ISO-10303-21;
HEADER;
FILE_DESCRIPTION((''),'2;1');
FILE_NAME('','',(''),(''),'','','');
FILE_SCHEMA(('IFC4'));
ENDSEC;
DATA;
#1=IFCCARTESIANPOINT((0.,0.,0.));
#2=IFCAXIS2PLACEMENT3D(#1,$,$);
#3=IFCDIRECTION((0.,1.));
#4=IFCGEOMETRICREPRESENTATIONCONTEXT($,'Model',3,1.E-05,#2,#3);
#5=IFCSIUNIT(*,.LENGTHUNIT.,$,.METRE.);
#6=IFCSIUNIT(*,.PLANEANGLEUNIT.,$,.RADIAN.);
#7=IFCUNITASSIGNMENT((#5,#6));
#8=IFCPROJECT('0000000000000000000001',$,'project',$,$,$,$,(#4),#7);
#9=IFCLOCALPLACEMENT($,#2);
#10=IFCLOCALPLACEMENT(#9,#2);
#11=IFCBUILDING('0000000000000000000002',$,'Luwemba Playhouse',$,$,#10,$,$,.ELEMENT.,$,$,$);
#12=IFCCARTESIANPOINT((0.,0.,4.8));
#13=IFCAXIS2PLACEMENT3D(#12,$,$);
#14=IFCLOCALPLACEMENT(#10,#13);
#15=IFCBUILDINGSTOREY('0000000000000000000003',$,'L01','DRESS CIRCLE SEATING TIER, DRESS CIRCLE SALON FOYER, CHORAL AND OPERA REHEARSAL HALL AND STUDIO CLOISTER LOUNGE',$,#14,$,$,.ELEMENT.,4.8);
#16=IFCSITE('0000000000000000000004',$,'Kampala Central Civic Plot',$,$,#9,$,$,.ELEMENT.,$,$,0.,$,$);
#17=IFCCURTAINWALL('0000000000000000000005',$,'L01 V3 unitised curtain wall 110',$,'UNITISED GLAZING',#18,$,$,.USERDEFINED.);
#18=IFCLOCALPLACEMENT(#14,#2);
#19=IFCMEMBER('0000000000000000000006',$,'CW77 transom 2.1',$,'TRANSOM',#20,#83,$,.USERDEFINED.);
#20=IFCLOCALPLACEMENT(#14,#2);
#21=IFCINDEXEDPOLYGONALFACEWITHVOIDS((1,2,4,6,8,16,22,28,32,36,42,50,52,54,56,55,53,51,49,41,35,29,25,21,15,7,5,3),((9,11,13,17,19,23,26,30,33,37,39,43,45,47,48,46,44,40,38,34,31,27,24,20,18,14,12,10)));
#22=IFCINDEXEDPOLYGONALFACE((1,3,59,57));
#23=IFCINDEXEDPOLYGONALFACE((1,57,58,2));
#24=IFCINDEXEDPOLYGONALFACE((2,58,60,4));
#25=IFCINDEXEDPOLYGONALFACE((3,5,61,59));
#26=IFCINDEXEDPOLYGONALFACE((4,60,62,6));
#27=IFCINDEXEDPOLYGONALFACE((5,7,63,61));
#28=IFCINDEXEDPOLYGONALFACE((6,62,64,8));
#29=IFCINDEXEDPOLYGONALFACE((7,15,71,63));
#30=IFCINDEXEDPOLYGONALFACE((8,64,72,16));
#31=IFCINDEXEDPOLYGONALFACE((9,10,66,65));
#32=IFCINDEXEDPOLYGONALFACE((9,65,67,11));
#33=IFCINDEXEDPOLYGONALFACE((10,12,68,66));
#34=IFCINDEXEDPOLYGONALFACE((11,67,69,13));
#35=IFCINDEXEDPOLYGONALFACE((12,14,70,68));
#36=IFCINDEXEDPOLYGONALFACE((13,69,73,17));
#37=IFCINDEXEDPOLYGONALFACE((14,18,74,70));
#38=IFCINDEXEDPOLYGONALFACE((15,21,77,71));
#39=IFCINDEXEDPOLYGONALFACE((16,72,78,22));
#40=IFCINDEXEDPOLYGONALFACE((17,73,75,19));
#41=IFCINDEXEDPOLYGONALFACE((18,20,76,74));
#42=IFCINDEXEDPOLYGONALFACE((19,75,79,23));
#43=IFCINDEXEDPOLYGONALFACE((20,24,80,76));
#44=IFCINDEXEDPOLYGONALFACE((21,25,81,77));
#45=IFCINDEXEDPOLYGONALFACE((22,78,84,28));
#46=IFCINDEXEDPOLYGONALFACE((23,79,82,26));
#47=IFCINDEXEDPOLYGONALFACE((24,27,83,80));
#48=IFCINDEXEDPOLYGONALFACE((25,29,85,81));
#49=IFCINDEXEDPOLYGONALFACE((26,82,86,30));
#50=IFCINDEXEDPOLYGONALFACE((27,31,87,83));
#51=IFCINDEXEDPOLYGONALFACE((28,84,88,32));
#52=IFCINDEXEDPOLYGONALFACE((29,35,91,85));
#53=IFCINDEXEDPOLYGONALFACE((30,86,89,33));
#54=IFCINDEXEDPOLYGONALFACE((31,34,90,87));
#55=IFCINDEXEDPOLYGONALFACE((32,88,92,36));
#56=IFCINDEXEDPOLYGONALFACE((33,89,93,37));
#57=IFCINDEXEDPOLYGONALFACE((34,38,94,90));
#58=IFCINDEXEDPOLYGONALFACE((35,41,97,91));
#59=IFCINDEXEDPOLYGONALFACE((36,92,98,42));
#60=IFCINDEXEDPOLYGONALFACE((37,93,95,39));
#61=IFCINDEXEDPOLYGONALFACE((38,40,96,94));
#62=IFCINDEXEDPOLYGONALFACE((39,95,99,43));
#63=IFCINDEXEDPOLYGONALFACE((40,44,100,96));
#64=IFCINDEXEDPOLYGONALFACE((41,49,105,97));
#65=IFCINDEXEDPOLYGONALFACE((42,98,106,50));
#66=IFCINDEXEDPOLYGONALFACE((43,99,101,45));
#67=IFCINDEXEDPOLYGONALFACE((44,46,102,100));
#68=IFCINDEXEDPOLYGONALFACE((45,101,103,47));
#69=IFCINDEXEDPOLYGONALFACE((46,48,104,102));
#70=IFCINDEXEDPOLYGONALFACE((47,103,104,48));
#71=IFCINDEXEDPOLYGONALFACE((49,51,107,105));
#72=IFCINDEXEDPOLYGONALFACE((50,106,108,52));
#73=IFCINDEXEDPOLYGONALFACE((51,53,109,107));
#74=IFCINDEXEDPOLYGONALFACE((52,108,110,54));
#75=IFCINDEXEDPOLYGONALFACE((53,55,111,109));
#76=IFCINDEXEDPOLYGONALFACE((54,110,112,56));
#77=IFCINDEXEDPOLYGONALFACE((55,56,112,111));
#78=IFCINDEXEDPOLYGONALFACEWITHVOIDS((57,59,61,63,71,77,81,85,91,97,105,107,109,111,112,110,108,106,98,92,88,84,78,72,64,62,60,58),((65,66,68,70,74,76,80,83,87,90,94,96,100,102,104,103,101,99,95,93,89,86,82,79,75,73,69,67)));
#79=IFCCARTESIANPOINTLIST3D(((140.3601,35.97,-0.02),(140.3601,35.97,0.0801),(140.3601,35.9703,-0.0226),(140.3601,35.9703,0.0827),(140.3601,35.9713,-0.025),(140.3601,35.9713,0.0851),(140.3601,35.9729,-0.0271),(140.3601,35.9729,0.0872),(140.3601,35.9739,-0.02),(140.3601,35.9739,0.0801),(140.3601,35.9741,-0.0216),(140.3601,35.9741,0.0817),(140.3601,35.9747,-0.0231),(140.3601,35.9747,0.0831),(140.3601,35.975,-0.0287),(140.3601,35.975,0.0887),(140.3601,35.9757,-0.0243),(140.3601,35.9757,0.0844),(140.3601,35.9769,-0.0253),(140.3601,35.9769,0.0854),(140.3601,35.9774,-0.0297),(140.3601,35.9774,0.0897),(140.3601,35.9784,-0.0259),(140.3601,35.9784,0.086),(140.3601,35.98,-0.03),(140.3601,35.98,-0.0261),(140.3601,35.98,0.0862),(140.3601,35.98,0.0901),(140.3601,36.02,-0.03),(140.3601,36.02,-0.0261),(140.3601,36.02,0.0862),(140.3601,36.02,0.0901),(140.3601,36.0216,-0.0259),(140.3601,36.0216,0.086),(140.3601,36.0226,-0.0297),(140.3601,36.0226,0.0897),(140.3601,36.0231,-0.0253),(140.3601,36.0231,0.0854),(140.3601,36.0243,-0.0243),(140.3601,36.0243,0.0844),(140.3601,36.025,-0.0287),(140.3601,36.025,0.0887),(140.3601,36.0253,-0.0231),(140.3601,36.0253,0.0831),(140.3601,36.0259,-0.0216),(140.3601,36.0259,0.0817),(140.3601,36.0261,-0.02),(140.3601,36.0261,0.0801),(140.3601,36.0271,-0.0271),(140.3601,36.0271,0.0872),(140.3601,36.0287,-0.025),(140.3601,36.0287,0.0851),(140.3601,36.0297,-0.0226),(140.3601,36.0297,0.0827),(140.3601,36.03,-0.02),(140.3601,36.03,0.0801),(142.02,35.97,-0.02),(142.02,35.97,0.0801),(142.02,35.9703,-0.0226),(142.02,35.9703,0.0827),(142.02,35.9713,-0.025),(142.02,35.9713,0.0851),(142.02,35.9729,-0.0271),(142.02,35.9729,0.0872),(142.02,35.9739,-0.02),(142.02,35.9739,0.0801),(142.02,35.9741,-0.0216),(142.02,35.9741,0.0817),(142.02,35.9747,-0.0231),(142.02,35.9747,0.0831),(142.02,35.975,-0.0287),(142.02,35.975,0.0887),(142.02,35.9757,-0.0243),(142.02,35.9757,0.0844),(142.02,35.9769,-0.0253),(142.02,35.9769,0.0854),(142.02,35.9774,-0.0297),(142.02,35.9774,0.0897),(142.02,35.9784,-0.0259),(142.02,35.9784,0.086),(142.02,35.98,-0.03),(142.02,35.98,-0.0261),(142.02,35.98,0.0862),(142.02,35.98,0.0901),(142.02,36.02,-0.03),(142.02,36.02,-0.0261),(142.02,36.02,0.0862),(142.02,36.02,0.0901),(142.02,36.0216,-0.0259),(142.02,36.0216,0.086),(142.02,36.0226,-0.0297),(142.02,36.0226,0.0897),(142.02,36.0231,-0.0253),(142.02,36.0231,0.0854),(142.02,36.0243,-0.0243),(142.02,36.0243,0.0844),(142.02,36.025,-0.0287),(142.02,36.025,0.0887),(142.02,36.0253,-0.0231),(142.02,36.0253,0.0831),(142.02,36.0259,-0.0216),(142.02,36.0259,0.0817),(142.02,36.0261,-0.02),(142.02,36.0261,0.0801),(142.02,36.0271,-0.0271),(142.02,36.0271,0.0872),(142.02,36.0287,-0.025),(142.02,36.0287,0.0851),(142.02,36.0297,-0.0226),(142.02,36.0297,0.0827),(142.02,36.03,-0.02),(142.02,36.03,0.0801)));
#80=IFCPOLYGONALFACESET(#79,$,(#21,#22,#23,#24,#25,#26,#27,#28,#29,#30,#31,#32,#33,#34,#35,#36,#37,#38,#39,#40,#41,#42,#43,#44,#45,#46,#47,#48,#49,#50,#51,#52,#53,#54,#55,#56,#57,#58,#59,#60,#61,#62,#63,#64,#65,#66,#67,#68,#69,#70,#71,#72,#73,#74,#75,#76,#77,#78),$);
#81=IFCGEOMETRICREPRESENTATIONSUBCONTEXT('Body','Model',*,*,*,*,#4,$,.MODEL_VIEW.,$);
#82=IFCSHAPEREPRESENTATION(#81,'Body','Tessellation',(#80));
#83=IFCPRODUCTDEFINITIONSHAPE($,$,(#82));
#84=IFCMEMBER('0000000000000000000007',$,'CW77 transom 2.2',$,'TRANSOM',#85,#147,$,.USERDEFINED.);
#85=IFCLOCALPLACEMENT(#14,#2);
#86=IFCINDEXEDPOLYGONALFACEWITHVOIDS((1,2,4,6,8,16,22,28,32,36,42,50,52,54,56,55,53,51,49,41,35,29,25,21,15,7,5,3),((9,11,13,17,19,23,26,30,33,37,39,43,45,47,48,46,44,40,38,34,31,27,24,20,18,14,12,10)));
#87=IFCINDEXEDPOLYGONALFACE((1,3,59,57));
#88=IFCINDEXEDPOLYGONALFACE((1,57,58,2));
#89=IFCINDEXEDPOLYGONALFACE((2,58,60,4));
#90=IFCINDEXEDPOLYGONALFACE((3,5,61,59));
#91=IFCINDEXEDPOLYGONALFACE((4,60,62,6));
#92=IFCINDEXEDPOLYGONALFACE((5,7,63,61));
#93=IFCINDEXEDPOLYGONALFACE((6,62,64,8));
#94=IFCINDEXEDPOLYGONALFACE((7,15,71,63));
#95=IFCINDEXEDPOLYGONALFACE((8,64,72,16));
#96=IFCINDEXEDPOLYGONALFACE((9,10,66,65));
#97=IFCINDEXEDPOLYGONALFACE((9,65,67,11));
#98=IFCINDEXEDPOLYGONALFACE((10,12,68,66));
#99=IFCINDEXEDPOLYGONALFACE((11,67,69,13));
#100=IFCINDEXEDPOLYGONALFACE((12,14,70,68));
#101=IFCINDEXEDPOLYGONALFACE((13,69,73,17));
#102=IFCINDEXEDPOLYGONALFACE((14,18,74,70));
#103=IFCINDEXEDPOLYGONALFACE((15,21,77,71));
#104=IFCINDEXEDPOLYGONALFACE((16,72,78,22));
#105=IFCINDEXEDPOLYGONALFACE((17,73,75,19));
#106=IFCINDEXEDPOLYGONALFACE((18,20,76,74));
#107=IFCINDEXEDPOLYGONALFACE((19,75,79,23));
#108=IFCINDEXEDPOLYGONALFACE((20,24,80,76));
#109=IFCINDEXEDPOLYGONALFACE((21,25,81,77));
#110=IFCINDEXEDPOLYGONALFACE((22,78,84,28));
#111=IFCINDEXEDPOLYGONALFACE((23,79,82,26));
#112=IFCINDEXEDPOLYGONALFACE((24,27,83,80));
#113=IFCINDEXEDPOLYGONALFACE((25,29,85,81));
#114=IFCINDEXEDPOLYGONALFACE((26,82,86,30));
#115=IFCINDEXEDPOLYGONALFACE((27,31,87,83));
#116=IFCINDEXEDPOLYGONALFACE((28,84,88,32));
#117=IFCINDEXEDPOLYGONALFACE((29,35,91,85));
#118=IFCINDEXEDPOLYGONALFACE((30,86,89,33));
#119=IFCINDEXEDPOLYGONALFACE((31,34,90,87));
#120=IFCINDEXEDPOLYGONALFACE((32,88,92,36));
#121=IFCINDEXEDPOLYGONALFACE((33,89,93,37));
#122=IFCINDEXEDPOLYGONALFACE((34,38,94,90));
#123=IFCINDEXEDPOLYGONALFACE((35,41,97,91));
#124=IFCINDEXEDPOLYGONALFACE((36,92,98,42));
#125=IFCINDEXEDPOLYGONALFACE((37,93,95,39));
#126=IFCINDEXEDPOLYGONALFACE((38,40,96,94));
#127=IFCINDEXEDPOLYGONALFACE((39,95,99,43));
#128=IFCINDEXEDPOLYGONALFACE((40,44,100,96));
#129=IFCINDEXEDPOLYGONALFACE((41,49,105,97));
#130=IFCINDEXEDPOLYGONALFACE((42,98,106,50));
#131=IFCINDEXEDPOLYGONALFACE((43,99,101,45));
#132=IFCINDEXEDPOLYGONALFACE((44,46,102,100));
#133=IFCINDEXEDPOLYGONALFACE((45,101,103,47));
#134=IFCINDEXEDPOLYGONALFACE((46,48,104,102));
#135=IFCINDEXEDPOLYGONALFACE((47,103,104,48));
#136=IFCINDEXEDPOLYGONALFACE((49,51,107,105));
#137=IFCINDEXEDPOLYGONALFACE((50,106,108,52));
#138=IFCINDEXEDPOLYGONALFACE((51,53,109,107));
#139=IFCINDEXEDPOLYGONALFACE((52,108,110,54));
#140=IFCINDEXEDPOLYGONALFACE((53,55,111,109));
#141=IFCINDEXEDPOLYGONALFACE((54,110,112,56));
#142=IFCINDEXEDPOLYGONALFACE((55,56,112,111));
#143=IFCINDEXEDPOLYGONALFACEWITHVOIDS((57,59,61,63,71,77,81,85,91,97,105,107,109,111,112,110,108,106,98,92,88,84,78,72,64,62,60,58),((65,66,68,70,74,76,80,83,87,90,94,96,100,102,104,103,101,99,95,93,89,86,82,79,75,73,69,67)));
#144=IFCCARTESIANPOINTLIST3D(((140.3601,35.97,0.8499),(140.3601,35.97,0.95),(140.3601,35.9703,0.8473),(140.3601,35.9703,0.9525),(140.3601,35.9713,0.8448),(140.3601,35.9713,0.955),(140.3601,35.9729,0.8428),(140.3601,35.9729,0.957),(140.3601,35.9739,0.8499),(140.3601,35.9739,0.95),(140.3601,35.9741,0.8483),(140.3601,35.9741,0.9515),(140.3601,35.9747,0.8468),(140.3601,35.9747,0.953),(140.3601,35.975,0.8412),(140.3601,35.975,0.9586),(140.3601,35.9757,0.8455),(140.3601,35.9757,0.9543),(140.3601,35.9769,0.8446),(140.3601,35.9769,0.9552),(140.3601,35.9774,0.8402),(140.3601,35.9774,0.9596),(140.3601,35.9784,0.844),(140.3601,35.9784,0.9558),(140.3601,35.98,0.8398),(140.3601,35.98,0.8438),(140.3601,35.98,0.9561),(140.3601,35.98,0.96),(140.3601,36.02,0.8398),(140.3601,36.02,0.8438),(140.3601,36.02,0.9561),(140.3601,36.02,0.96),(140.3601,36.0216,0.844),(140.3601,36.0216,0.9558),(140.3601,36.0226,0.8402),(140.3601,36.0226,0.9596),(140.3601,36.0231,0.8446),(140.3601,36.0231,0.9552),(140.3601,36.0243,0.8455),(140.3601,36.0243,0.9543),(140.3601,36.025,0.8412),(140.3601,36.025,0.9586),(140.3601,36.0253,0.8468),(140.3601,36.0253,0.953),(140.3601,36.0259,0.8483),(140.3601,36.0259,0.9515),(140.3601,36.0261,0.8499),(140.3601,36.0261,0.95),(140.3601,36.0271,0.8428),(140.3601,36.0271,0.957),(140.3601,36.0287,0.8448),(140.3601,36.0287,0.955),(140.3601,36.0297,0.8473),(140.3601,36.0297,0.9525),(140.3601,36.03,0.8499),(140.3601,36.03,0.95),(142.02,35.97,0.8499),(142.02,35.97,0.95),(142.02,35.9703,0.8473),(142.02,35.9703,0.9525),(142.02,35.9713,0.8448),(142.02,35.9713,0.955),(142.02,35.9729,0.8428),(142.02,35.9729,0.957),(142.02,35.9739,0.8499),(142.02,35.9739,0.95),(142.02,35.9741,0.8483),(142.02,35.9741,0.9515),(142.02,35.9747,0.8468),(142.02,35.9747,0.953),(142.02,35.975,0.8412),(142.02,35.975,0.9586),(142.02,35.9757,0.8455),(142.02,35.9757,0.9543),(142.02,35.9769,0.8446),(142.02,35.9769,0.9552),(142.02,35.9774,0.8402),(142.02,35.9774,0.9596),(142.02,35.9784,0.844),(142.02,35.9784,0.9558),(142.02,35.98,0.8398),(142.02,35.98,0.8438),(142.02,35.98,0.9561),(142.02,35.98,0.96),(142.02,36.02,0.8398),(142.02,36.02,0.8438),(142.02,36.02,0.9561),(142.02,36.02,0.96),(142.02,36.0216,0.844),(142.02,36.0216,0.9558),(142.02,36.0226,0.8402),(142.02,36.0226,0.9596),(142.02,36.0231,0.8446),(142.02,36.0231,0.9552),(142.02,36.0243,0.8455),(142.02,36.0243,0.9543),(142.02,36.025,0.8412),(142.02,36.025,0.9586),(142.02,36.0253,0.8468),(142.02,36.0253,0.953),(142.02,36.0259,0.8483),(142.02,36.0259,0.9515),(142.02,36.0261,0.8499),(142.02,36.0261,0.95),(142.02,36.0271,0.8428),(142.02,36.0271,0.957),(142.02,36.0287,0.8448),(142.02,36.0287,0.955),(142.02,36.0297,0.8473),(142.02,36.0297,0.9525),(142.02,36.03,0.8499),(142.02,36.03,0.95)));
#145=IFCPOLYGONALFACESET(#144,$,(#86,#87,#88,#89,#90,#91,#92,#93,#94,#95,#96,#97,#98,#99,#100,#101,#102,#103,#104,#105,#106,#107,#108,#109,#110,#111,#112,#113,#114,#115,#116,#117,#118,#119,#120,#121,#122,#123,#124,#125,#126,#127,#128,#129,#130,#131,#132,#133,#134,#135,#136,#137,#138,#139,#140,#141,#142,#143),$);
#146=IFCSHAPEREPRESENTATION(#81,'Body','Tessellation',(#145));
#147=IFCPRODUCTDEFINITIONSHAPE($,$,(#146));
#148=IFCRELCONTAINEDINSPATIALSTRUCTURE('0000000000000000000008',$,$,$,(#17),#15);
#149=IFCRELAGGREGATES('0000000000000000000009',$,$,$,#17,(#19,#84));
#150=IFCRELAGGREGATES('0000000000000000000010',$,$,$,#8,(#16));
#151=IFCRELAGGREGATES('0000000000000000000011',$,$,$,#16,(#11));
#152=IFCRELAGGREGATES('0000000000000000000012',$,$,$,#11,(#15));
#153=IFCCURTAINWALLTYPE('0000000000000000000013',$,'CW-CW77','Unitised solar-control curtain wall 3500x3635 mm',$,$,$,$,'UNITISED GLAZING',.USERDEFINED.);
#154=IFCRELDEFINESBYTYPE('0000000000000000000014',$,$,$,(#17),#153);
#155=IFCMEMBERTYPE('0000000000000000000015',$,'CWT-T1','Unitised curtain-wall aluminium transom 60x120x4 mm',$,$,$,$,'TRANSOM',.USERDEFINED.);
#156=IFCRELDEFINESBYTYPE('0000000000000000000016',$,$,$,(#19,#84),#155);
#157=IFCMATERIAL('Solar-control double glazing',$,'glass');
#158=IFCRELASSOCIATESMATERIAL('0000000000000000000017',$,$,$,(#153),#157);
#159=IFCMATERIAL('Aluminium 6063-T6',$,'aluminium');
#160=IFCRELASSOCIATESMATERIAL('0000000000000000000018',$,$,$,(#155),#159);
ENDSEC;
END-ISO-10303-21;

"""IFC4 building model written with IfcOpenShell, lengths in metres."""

from ifc_helpers import new_model, si_unit, direction, frame, origin, origin_2d, place, context, subcontext, project, spatial, hollow_rectangle, extrude, material, material_profile, profile_set, type_object, element, aggregate, save


model = new_model("IFC4")

# Units and contexts
model_context = context("Model", 3, precision=1e-05, world=origin(), true_north=direction((0.0, 1.0)))
body_context = subcontext(model_context, "Body", "Model", "MODEL_VIEW")
ifc_project = project(units=[si_unit("LENGTHUNIT", "METRE"), si_unit("PLANEANGLEUNIT", "RADIAN")], contexts=[model_context])

# Site, building, storey
site_placement = place(None, origin())
site = spatial("IfcSite", under=ifc_project, at=site_placement, Name="Kampala Central Civic Plot", CompositionType="ELEMENT", RefElevation=0.0)
building_placement = place(site_placement, origin())
building = spatial("IfcBuilding", under=site, at=building_placement, Name="Luwemba Playhouse", CompositionType="ELEMENT")
storey_placement = place(building_placement, frame((0.0, 0.0, 4.8)))
storey = spatial("IfcBuildingStorey", under=building, at=storey_placement, Name="L01", Description="DRESS CIRCLE SEATING TIER, DRESS CIRCLE SALON FOYER, CHORAL AND OPERA REHEARSAL HALL AND STUDIO CLOISTER LOUNGE", CompositionType="ELEMENT", Elevation=4.8)

# Curtain wall
ifc_material_1 = material(Name="Solar-control double glazing", Category="glass")
curtain_wall_type_1 = type_object("IfcCurtainWallType", Name="CW-CW77", Description="Unitised solar-control curtain wall 3500x3635 mm", ElementType="UNITISED GLAZING", PredefinedType="USERDEFINED", material=ifc_material_1)
curtain_wall_1_placement = place(storey_placement, origin())
curtain_wall_1 = element("IfcCurtainWall", 1, at=curtain_wall_1_placement, inside=storey, type_object=curtain_wall_type_1, Name="L01 V3 unitised curtain wall 110", ObjectType="UNITISED GLAZING", PredefinedType="USERDEFINED")
ifc_material_2 = material(Name="Aluminium 6063-T6", Category="aluminium")

# Members
ifc_material_profile_1 = material_profile(ifc_material_2, hollow_rectangle(XDim=0.0601, YDim=0.1201, WallThickness=0.0039, InnerFilletRadius=0.0061, OuterFilletRadius=0.01, at=origin_2d()))
ifc_profile_set_1 = profile_set([ifc_material_profile_1], Name="Aluminium 6063-T6")
member_type_1 = type_object("IfcMemberType", Name="CWT-T1", Description="Unitised curtain-wall aluminium transom 60x120x4 mm", ElementType="TRANSOM", PredefinedType="USERDEFINED", material=ifc_profile_set_1)
member_1_placement = place(storey_placement, frame((142.02, 36.0, 0.03), z_axis=(-1.0, 0.0, 0.0), x_axis=(0.0, -1.0, 0.0)))
member_1 = element("IfcMember", 2, at=member_1_placement, type_object=member_type_1, Name="CW77 transom 2.1", ObjectType="TRANSOM", PredefinedType="USERDEFINED", context=body_context, shape_type="SweptSolid", body=[
    extrude(hollow_rectangle(XDim=0.0601, YDim=0.1201, WallThickness=0.0039, InnerFilletRadius=0.0061, OuterFilletRadius=0.01, at=origin_2d()), origin(), (0.0, 0.0, 1.0), 1.6599),
])
member_2_placement = place(storey_placement, frame((142.02, 36.0, 0.8999), z_axis=(-1.0, 0.0, 0.0), x_axis=(0.0, -1.0, 0.0)))
member_2 = element("IfcMember", 3, at=member_2_placement, type_object=member_type_1, Name="CW77 transom 2.2", ObjectType="TRANSOM", PredefinedType="USERDEFINED", context=body_context, shape_type="SweptSolid", body=[
    extrude(hollow_rectangle(XDim=0.0601, YDim=0.1201, WallThickness=0.0039, InnerFilletRadius=0.0061, OuterFilletRadius=0.01, at=origin_2d()), origin(), (0.0, 0.0, 1.0), 1.6599),
])

aggregate(curtain_wall_1, [member_1, member_2])

save(model, "model.ifc")
